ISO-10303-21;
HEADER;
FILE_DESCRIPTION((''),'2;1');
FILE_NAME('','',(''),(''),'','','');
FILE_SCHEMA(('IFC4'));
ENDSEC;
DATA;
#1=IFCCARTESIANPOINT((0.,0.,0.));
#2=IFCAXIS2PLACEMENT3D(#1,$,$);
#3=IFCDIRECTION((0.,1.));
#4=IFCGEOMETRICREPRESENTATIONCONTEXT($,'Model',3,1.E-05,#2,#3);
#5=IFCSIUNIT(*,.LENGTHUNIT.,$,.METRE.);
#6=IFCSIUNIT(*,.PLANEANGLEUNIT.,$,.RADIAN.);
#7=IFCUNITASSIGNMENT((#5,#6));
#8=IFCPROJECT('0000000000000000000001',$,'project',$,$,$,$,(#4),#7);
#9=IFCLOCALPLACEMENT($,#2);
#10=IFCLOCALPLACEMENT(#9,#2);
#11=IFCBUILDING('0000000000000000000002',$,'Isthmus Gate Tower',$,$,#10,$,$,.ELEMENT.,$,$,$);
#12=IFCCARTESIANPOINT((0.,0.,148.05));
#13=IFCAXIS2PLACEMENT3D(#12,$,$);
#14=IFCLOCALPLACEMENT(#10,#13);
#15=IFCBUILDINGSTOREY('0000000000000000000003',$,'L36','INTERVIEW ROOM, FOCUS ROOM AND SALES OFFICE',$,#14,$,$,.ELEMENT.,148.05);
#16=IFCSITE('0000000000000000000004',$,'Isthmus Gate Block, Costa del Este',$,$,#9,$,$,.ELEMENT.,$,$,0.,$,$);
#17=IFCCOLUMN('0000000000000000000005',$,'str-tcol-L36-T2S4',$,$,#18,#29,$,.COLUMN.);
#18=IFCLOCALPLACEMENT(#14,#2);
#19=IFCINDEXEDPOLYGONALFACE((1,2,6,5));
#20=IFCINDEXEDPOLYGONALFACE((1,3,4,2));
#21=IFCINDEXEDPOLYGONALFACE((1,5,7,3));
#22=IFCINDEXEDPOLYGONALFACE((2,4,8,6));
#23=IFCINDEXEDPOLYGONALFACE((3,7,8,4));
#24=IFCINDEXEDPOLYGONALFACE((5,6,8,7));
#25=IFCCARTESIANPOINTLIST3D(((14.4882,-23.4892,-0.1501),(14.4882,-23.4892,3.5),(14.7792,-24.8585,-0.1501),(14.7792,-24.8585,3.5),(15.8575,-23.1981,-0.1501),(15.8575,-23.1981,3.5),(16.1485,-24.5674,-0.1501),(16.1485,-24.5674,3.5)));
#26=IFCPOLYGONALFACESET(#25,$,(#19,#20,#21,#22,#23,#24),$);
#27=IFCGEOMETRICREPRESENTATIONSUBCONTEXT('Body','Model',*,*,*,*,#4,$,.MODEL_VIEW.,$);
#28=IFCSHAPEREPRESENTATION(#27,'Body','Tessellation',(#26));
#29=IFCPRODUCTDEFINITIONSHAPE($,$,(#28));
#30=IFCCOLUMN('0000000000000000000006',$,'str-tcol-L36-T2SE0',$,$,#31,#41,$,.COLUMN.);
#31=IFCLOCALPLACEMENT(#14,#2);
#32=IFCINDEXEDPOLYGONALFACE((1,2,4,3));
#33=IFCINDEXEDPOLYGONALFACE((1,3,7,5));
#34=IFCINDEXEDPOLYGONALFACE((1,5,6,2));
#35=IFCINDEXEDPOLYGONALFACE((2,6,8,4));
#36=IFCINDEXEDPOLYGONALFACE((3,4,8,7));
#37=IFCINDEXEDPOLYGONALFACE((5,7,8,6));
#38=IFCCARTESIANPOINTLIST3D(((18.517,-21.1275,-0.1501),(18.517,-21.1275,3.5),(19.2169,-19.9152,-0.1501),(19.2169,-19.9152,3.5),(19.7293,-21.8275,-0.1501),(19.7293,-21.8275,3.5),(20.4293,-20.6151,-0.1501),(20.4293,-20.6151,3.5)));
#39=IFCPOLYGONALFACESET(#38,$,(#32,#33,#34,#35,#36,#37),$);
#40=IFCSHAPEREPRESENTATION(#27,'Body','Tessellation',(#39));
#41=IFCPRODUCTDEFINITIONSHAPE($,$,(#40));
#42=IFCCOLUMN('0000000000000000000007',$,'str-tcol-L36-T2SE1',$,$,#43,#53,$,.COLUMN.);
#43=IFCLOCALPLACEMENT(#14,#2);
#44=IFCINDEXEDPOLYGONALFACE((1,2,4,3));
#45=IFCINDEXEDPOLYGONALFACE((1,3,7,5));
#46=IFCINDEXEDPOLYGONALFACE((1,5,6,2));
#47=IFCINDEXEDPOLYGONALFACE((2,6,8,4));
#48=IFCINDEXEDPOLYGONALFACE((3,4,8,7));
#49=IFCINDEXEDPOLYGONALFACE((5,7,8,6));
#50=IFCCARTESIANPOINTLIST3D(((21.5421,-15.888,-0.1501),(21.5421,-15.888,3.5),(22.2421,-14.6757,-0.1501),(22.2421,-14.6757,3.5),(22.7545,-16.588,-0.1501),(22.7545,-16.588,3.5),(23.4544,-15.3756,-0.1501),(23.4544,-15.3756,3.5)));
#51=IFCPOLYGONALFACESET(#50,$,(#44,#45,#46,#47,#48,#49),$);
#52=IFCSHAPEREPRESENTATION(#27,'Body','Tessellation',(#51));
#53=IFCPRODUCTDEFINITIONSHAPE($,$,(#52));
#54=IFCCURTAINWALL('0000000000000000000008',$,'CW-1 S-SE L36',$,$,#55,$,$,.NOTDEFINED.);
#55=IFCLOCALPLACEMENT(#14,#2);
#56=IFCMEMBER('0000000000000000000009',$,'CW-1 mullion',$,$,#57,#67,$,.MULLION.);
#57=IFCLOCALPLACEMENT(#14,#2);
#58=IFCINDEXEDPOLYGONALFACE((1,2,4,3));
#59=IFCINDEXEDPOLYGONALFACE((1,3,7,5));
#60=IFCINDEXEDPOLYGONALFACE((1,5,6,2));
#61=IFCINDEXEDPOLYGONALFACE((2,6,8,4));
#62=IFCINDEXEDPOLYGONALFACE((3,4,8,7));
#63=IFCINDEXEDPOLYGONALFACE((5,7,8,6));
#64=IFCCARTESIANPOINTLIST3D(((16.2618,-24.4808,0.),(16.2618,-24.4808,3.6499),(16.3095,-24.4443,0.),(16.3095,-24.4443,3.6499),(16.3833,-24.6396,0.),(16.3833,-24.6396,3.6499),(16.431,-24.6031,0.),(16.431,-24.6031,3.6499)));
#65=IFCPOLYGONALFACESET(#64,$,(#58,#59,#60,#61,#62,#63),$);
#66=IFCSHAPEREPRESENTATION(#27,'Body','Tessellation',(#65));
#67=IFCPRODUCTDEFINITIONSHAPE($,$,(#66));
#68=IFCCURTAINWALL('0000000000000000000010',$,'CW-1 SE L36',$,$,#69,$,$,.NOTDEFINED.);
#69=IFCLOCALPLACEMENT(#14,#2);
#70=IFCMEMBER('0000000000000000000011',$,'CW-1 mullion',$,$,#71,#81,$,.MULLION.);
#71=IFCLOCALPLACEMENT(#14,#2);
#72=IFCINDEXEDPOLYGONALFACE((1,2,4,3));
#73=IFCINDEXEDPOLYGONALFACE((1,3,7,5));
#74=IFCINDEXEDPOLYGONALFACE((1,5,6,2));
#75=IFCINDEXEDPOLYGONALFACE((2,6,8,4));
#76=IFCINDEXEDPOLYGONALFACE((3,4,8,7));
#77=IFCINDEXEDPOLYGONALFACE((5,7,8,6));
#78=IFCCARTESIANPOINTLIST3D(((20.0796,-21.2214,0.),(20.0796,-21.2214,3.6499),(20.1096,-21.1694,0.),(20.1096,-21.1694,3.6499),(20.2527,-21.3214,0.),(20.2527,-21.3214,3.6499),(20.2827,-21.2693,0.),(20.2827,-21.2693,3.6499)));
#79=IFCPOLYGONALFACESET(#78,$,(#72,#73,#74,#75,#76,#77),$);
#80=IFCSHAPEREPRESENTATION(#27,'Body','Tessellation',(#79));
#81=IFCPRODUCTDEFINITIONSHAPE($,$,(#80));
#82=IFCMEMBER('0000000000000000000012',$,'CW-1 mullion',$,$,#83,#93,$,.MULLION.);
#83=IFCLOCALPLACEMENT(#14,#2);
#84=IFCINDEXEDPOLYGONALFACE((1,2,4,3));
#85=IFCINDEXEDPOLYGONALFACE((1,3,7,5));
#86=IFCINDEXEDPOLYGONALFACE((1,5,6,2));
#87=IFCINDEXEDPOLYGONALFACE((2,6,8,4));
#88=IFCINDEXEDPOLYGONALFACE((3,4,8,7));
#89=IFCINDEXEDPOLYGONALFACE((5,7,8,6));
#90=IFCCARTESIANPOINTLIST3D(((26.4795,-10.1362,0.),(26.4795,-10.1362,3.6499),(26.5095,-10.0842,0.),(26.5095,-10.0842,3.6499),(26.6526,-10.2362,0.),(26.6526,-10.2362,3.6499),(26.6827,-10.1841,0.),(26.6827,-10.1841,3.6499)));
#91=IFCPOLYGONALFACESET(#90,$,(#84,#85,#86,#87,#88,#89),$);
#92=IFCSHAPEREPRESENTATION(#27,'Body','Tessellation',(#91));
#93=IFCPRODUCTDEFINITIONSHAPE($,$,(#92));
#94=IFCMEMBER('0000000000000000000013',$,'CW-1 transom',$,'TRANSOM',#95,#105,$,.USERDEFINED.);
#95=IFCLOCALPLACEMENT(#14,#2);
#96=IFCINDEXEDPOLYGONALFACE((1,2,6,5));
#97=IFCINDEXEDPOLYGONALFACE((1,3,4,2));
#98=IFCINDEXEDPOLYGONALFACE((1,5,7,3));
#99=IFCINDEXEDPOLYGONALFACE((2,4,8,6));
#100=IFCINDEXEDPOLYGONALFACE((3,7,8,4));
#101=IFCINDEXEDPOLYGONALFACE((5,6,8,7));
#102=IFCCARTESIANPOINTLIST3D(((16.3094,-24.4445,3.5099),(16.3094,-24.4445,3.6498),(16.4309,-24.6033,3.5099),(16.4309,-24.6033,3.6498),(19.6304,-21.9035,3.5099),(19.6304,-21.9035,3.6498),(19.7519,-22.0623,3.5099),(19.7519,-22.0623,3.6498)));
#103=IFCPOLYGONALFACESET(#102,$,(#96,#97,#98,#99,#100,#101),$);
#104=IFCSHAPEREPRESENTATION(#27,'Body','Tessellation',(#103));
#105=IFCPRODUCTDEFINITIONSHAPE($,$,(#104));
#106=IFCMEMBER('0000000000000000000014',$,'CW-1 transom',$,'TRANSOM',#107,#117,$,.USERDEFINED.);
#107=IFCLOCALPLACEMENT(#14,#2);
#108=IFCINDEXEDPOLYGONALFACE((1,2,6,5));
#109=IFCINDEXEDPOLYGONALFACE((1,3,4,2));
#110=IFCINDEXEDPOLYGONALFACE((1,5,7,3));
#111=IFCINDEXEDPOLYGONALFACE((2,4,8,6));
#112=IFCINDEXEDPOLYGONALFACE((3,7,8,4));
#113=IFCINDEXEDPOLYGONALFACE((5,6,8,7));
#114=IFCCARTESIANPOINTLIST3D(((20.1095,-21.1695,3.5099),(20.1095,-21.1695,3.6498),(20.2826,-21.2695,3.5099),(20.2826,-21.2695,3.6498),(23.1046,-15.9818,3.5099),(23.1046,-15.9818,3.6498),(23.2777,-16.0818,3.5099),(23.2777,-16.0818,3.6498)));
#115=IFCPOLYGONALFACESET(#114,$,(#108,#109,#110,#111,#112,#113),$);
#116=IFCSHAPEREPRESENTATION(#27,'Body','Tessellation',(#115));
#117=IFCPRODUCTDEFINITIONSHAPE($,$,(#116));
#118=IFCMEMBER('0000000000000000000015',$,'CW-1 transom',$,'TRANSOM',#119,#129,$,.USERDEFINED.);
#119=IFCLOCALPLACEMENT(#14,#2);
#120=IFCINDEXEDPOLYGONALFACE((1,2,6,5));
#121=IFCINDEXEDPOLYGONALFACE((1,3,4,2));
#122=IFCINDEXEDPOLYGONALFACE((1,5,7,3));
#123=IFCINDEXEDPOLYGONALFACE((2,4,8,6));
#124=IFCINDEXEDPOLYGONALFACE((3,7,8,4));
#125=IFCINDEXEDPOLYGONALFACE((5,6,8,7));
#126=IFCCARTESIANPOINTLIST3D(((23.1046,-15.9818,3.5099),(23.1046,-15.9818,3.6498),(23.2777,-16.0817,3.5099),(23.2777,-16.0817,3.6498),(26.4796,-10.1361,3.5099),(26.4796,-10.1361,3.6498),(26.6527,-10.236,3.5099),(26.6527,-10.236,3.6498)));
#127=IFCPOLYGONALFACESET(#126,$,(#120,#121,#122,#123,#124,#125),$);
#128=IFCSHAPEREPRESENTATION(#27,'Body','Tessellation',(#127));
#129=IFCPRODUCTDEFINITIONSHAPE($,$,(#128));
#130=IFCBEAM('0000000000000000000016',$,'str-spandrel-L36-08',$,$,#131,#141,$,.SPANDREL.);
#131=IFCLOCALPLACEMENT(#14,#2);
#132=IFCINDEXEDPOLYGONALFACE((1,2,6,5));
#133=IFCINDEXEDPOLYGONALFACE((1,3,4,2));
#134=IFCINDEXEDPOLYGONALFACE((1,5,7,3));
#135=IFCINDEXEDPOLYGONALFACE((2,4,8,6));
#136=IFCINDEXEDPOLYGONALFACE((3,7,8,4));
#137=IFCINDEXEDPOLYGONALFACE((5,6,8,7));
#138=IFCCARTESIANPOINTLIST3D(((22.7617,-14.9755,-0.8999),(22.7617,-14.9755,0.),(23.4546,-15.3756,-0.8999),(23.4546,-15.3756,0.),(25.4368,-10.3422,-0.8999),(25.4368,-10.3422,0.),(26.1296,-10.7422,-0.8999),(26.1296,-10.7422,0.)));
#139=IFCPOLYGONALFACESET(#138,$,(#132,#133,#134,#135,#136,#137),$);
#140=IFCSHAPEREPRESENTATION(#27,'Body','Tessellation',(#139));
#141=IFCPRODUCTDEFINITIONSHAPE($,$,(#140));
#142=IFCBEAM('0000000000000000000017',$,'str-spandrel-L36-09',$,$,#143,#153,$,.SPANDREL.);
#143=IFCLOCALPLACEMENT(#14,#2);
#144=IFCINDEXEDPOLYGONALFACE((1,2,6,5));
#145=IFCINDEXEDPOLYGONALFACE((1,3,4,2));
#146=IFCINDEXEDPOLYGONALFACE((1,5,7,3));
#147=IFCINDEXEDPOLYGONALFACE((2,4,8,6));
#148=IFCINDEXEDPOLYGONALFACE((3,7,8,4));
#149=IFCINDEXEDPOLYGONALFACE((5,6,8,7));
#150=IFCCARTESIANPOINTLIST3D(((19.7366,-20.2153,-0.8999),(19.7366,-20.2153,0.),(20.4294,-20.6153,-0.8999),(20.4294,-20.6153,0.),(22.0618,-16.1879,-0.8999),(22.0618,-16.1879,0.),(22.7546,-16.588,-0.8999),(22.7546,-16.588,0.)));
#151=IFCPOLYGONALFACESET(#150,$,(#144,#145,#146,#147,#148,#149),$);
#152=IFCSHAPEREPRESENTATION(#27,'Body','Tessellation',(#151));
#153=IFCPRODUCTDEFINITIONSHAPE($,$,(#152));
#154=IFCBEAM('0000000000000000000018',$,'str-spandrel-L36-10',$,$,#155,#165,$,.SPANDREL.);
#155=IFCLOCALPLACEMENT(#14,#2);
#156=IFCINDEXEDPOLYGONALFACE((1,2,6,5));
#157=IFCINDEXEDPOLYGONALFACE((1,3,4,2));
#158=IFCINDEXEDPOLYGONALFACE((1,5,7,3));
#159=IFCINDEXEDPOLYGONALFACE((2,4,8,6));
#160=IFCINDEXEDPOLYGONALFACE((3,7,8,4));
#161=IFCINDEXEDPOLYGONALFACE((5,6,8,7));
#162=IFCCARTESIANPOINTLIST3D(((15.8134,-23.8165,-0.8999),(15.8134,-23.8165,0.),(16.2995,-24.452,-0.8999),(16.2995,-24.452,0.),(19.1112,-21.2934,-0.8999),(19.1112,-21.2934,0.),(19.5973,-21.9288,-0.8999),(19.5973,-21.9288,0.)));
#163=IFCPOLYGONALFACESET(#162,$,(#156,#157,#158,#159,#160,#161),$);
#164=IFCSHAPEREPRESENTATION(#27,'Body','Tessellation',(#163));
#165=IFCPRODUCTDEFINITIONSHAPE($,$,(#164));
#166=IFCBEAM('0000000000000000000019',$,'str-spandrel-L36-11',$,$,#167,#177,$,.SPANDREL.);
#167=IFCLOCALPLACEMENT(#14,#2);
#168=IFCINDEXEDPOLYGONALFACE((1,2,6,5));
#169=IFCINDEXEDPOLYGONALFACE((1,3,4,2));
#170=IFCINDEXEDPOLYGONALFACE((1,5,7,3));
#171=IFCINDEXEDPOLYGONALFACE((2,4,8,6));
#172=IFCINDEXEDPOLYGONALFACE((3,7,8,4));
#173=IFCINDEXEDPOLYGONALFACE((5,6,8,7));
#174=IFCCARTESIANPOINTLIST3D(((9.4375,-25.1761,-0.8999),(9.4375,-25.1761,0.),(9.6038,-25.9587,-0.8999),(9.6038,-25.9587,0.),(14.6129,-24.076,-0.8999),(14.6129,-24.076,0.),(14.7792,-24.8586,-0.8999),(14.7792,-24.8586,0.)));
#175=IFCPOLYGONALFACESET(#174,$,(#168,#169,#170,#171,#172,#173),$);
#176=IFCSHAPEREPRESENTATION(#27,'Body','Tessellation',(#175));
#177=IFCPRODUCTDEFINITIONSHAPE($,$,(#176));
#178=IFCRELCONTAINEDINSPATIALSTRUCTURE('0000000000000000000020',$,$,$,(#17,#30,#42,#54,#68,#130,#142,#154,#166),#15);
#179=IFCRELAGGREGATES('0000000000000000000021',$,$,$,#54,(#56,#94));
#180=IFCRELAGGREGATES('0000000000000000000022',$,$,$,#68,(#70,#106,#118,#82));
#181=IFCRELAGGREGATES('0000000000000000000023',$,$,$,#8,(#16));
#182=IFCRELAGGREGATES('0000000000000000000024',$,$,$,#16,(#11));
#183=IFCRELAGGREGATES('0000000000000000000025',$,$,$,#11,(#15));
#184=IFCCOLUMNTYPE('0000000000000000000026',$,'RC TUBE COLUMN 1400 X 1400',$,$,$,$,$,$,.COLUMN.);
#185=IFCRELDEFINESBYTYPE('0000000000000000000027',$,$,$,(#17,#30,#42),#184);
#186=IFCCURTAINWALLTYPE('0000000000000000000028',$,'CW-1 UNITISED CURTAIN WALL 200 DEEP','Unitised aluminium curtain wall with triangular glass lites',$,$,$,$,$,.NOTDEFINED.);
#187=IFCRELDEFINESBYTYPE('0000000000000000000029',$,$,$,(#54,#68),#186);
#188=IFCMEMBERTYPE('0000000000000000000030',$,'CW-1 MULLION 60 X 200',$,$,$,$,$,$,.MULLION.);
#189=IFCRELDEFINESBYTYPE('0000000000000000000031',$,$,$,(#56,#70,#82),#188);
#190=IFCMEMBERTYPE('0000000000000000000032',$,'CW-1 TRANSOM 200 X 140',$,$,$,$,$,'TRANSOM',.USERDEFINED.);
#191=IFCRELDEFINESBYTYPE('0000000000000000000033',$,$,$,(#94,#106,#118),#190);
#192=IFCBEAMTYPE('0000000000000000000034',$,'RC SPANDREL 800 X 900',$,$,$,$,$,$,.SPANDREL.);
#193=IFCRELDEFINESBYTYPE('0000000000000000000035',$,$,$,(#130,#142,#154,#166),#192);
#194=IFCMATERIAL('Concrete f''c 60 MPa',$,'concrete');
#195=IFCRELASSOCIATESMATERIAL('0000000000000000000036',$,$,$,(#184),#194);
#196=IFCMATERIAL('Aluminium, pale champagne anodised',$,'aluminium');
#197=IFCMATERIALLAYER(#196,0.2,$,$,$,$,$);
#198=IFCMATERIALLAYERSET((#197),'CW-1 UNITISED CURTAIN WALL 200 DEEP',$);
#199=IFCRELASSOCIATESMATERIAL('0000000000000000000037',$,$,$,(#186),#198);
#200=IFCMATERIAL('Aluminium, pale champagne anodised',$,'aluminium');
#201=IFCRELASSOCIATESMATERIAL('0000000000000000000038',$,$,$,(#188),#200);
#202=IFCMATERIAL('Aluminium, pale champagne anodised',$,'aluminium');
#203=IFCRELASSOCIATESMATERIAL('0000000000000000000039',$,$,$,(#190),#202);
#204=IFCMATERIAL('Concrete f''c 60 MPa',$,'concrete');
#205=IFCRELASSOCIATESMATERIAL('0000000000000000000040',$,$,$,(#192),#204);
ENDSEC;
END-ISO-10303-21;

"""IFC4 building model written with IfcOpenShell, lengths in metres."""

from ifc_helpers import new_model, si_unit, direction, frame, origin, origin_2d, place, context, subcontext, project, spatial, rectangle, extrude, material, layer, layer_set, material_profile, profile_set, type_object, element, aggregate, save


model = new_model("IFC4")

# Units and contexts
model_context = context("Model", 3, precision=1e-05, world=origin(), true_north=direction((0.0, 1.0)))
body_context = subcontext(model_context, "Body", "Model", "MODEL_VIEW")
ifc_project = project(units=[si_unit("LENGTHUNIT", "METRE"), si_unit("PLANEANGLEUNIT", "RADIAN")], contexts=[model_context])

# Site, building, storey
site_placement = place(None, origin())
site = spatial("IfcSite", under=ifc_project, at=site_placement, Name="Isthmus Gate Block, Costa del Este", CompositionType="ELEMENT", RefElevation=0.0)
building_placement = place(site_placement, origin())
building = spatial("IfcBuilding", under=site, at=building_placement, Name="Isthmus Gate Tower", CompositionType="ELEMENT")
storey_placement = place(building_placement, frame((0.0, 0.0, 148.05)))
storey = spatial("IfcBuildingStorey", under=building, at=storey_placement, Name="L36", Description="INTERVIEW ROOM, FOCUS ROOM AND SALES OFFICE", CompositionType="ELEMENT", Elevation=148.05)

# Columns
ifc_material_1 = material(Name="Concrete f'c 60 MPa", Category="concrete")
ifc_material_profile_1 = material_profile(ifc_material_1, rectangle(XDim=1.3999, YDim=1.3999, at=origin_2d()), Name="RC 1400X1400")
ifc_profile_set_1 = profile_set([ifc_material_profile_1], Name="Concrete f'c 60 MPa")
column_type = type_object("IfcColumnType", Name="RC TUBE COLUMN 1400 X 1400", PredefinedType="COLUMN", material=ifc_profile_set_1)
for number, where, z_axis, x_axis, name in (
    (1, (15.3184, -24.0283, -0.1501), (0.0, 0.0, 1.0), (0.978148, 0.207912, 0.0), "str-tcol-L36-T2S4"),
    (2, (19.4731, -20.8713, -0.1501), (0.0, 0.0, 1.0), (0.5, 0.866025, 0.0), "str-tcol-L36-T2SE0"),
    (3, (22.4983, -15.6318, -0.1501), (0.0, 0.0, 1.0), (0.5, 0.866025, 0.0), "str-tcol-L36-T2SE1"),
):
    element("IfcColumn", number, at=place(storey_placement, frame(where, z_axis=z_axis, x_axis=x_axis)), inside=storey, type_object=column_type, Name=name, PredefinedType="COLUMN", context=body_context, shape_type="SweptSolid", body=[
        extrude(rectangle(XDim=1.3999, YDim=1.3999, at=origin_2d()), origin(), (0.0, 0.0, 1.0), 3.6501),
    ])

# Curtain wall, member
ifc_material_2 = material(Name="Aluminium, pale champagne anodised", Category="aluminium")
ifc_layer_1 = layer(ifc_material_2, 0.2)
ifc_layer_set_1 = layer_set([ifc_layer_1], Name="CW-1 UNITISED CURTAIN WALL 200 DEEP")
curtain_wall_type = type_object("IfcCurtainWallType", Name="CW-1 UNITISED CURTAIN WALL 200 DEEP", Description="Unitised aluminium curtain wall with triangular glass lites", PredefinedType="NOTDEFINED", material=ifc_layer_set_1)
curtain_wall_1_placement = place(storey_placement, origin())
curtain_wall_1 = element("IfcCurtainWall", 4, at=curtain_wall_1_placement, inside=storey, type_object=curtain_wall_type, Name="CW-1 S-SE L36", PredefinedType="NOTDEFINED")
ifc_material_3 = material(Name="Aluminium, pale champagne anodised", Category="aluminium")
ifc_material_profile_2 = material_profile(ifc_material_3, rectangle(XDim=0.0601, YDim=0.2, at=origin_2d()), Name="60x200")
ifc_profile_set_2 = profile_set([ifc_material_profile_2], Name="Aluminium, pale champagne anodised")
member_type_1 = type_object("IfcMemberType", Name="CW-1 MULLION 60 X 200", PredefinedType="MULLION", material=ifc_profile_set_2)
member_1_placement = place(storey_placement, frame((16.3464, -24.542, 0.0), z_axis=(0.0, 0.0, 1.0), x_axis=(0.794189, 0.607671, 0.0)))
member_1 = element("IfcMember", 5, at=member_1_placement, type_object=member_type_1, Name="CW-1 mullion", PredefinedType="MULLION", context=body_context, shape_type="SweptSolid", body=[
    extrude(rectangle(XDim=0.0601, YDim=0.2, at=origin_2d()), origin(), (0.0, 0.0, 1.0), 3.6499),
])

# Curtain wall, members
curtain_wall_2_placement = place(storey_placement, origin())
curtain_wall_2 = element("IfcCurtainWall", 6, at=curtain_wall_2_placement, inside=storey, type_object=curtain_wall_type, Name="CW-1 SE L36", PredefinedType="NOTDEFINED")
member_2_placement = place(storey_placement, frame((20.1812, -21.2454, 0.0), z_axis=(0.0, 0.0, 1.0), x_axis=(0.5, 0.866025, 0.0)))
member_2 = element("IfcMember", 7, at=member_2_placement, type_object=member_type_1, Name="CW-1 mullion", PredefinedType="MULLION", context=body_context, shape_type="SweptSolid", body=[
    extrude(rectangle(XDim=0.0601, YDim=0.2, at=origin_2d()), origin(), (0.0, 0.0, 1.0), 3.6499),
])
member_3_placement = place(storey_placement, frame((26.5811, -10.1602, 0.0), z_axis=(0.0, 0.0, 1.0), x_axis=(0.5, 0.866025, 0.0)))
member_3 = element("IfcMember", 8, at=member_3_placement, type_object=member_type_1, Name="CW-1 mullion", PredefinedType="MULLION", context=body_context, shape_type="SweptSolid", body=[
    extrude(rectangle(XDim=0.0601, YDim=0.2, at=origin_2d()), origin(), (0.0, 0.0, 1.0), 3.6499),
])

# Members
ifc_material_4 = material(Name="Aluminium, pale champagne anodised", Category="aluminium")
ifc_material_profile_3 = material_profile(ifc_material_4, rectangle(XDim=0.2, YDim=0.1399, at=origin_2d()), Name="200x140")
ifc_profile_set_3 = profile_set([ifc_material_profile_3], Name="Aluminium, pale champagne anodised")
member_type_2 = type_object("IfcMemberType", Name="CW-1 TRANSOM 200 X 140", ElementType="TRANSOM", PredefinedType="USERDEFINED", material=ifc_profile_set_3)
member_4_placement = place(storey_placement, frame((16.3701, -24.5239, 3.5798), z_axis=(0.794197, 0.60766, 0.0), x_axis=(-0.60766, 0.794197, 0.0)))
member_4 = element("IfcMember", 9, at=member_4_placement, type_object=member_type_2, Name="CW-1 transom", ObjectType="TRANSOM", PredefinedType="USERDEFINED", context=body_context, shape_type="SweptSolid", body=[
    extrude(rectangle(XDim=0.2, YDim=0.1399, at=origin_2d()), origin(), (0.0, 0.0, 1.0), 4.1816),
])
member_5_placement = place(storey_placement, frame((20.196, -21.2195, 3.5798), z_axis=(0.499996, 0.866027, 0.0), x_axis=(-0.866027, 0.499996, 0.0)))
member_5 = element("IfcMember", 10, at=member_5_placement, type_object=member_type_2, Name="CW-1 transom", ObjectType="TRANSOM", PredefinedType="USERDEFINED", context=body_context, shape_type="SweptSolid", body=[
    extrude(rectangle(XDim=0.2, YDim=0.1399, at=origin_2d()), origin(), (0.0, 0.0, 1.0), 5.9902),
])
member_6_placement = place(storey_placement, frame((23.1912, -16.0317, 3.5798), z_axis=(0.499998, 0.866027, 0.0), x_axis=(-0.866027, 0.499998, 0.0)))
member_6 = element("IfcMember", 11, at=member_6_placement, type_object=member_type_2, Name="CW-1 transom", ObjectType="TRANSOM", PredefinedType="USERDEFINED", context=body_context, shape_type="SweptSolid", body=[
    extrude(rectangle(XDim=0.2, YDim=0.1399, at=origin_2d()), origin(), (0.0, 0.0, 1.0), 6.75),
])

# Beams
ifc_material_5 = material(Name="Concrete f'c 60 MPa", Category="concrete")
ifc_material_profile_4 = material_profile(ifc_material_5, rectangle(XDim=0.8, YDim=0.8999, at=origin_2d()), Name="RC 800X900")
ifc_profile_set_4 = profile_set([ifc_material_profile_4], Name="Concrete f'c 60 MPa")
beam_type_1 = type_object("IfcBeamType", Name="RC SPANDREL 800 X 900", PredefinedType="SPANDREL", material=ifc_profile_set_4)
beam_1_placement = place(storey_placement, frame((25.7832, -10.5422, -0.45), z_axis=(-0.500002, -0.866024, 0.0), x_axis=(0.866024, -0.500002, 0.0)))
element("IfcBeam", 12, at=beam_1_placement, inside=storey, type_object=beam_type_1, Name="str-spandrel-L36-08", PredefinedType="SPANDREL", context=body_context, shape_type="SweptSolid", body=[
    extrude(rectangle(XDim=0.8, YDim=0.8999, at=origin_2d()), origin(), (0.0, 0.0, 1.0), 5.3501),
])
beam_2_placement = place(storey_placement, frame((22.4082, -16.3879, -0.45), z_axis=(-0.500001, -0.866025, 0.0), x_axis=(0.866025, -0.500001, 0.0)))
element("IfcBeam", 13, at=beam_2_placement, inside=storey, type_object=beam_type_1, Name="str-spandrel-L36-09", PredefinedType="SPANDREL", context=body_context, shape_type="SweptSolid", body=[
    extrude(rectangle(XDim=0.8, YDim=0.8999, at=origin_2d()), origin(), (0.0, 0.0, 1.0), 4.6504),
])
beam_3_placement = place(storey_placement, frame((19.3542, -21.6111, -0.45), z_axis=(-0.794206, -0.607649, 0.0), x_axis=(0.607649, -0.794206, 0.0)))
element("IfcBeam", 14, at=beam_3_placement, inside=storey, type_object=beam_type_1, Name="str-spandrel-L36-10", PredefinedType="SPANDREL", context=body_context, shape_type="SweptSolid", body=[
    extrude(rectangle(XDim=0.8, YDim=0.8999, at=origin_2d()), origin(), (0.0, 0.0, 1.0), 4.1523),
])
beam_4_placement = place(storey_placement, frame((14.696, -24.4673, -0.45), z_axis=(-0.978145, -0.207922, 0.0), x_axis=(0.207922, -0.978145, 0.0)))
element("IfcBeam", 15, at=beam_4_placement, inside=storey, type_object=beam_type_1, Name="str-spandrel-L36-11", PredefinedType="SPANDREL", context=body_context, shape_type="SweptSolid", body=[
    extrude(rectangle(XDim=0.8, YDim=0.8999, at=origin_2d()), origin(), (0.0, 0.0, 1.0), 5.291),
])

aggregate(curtain_wall_1, [member_1, member_4])
aggregate(curtain_wall_2, [member_2, member_5, member_6, member_3])

save(model, "model.ifc")
